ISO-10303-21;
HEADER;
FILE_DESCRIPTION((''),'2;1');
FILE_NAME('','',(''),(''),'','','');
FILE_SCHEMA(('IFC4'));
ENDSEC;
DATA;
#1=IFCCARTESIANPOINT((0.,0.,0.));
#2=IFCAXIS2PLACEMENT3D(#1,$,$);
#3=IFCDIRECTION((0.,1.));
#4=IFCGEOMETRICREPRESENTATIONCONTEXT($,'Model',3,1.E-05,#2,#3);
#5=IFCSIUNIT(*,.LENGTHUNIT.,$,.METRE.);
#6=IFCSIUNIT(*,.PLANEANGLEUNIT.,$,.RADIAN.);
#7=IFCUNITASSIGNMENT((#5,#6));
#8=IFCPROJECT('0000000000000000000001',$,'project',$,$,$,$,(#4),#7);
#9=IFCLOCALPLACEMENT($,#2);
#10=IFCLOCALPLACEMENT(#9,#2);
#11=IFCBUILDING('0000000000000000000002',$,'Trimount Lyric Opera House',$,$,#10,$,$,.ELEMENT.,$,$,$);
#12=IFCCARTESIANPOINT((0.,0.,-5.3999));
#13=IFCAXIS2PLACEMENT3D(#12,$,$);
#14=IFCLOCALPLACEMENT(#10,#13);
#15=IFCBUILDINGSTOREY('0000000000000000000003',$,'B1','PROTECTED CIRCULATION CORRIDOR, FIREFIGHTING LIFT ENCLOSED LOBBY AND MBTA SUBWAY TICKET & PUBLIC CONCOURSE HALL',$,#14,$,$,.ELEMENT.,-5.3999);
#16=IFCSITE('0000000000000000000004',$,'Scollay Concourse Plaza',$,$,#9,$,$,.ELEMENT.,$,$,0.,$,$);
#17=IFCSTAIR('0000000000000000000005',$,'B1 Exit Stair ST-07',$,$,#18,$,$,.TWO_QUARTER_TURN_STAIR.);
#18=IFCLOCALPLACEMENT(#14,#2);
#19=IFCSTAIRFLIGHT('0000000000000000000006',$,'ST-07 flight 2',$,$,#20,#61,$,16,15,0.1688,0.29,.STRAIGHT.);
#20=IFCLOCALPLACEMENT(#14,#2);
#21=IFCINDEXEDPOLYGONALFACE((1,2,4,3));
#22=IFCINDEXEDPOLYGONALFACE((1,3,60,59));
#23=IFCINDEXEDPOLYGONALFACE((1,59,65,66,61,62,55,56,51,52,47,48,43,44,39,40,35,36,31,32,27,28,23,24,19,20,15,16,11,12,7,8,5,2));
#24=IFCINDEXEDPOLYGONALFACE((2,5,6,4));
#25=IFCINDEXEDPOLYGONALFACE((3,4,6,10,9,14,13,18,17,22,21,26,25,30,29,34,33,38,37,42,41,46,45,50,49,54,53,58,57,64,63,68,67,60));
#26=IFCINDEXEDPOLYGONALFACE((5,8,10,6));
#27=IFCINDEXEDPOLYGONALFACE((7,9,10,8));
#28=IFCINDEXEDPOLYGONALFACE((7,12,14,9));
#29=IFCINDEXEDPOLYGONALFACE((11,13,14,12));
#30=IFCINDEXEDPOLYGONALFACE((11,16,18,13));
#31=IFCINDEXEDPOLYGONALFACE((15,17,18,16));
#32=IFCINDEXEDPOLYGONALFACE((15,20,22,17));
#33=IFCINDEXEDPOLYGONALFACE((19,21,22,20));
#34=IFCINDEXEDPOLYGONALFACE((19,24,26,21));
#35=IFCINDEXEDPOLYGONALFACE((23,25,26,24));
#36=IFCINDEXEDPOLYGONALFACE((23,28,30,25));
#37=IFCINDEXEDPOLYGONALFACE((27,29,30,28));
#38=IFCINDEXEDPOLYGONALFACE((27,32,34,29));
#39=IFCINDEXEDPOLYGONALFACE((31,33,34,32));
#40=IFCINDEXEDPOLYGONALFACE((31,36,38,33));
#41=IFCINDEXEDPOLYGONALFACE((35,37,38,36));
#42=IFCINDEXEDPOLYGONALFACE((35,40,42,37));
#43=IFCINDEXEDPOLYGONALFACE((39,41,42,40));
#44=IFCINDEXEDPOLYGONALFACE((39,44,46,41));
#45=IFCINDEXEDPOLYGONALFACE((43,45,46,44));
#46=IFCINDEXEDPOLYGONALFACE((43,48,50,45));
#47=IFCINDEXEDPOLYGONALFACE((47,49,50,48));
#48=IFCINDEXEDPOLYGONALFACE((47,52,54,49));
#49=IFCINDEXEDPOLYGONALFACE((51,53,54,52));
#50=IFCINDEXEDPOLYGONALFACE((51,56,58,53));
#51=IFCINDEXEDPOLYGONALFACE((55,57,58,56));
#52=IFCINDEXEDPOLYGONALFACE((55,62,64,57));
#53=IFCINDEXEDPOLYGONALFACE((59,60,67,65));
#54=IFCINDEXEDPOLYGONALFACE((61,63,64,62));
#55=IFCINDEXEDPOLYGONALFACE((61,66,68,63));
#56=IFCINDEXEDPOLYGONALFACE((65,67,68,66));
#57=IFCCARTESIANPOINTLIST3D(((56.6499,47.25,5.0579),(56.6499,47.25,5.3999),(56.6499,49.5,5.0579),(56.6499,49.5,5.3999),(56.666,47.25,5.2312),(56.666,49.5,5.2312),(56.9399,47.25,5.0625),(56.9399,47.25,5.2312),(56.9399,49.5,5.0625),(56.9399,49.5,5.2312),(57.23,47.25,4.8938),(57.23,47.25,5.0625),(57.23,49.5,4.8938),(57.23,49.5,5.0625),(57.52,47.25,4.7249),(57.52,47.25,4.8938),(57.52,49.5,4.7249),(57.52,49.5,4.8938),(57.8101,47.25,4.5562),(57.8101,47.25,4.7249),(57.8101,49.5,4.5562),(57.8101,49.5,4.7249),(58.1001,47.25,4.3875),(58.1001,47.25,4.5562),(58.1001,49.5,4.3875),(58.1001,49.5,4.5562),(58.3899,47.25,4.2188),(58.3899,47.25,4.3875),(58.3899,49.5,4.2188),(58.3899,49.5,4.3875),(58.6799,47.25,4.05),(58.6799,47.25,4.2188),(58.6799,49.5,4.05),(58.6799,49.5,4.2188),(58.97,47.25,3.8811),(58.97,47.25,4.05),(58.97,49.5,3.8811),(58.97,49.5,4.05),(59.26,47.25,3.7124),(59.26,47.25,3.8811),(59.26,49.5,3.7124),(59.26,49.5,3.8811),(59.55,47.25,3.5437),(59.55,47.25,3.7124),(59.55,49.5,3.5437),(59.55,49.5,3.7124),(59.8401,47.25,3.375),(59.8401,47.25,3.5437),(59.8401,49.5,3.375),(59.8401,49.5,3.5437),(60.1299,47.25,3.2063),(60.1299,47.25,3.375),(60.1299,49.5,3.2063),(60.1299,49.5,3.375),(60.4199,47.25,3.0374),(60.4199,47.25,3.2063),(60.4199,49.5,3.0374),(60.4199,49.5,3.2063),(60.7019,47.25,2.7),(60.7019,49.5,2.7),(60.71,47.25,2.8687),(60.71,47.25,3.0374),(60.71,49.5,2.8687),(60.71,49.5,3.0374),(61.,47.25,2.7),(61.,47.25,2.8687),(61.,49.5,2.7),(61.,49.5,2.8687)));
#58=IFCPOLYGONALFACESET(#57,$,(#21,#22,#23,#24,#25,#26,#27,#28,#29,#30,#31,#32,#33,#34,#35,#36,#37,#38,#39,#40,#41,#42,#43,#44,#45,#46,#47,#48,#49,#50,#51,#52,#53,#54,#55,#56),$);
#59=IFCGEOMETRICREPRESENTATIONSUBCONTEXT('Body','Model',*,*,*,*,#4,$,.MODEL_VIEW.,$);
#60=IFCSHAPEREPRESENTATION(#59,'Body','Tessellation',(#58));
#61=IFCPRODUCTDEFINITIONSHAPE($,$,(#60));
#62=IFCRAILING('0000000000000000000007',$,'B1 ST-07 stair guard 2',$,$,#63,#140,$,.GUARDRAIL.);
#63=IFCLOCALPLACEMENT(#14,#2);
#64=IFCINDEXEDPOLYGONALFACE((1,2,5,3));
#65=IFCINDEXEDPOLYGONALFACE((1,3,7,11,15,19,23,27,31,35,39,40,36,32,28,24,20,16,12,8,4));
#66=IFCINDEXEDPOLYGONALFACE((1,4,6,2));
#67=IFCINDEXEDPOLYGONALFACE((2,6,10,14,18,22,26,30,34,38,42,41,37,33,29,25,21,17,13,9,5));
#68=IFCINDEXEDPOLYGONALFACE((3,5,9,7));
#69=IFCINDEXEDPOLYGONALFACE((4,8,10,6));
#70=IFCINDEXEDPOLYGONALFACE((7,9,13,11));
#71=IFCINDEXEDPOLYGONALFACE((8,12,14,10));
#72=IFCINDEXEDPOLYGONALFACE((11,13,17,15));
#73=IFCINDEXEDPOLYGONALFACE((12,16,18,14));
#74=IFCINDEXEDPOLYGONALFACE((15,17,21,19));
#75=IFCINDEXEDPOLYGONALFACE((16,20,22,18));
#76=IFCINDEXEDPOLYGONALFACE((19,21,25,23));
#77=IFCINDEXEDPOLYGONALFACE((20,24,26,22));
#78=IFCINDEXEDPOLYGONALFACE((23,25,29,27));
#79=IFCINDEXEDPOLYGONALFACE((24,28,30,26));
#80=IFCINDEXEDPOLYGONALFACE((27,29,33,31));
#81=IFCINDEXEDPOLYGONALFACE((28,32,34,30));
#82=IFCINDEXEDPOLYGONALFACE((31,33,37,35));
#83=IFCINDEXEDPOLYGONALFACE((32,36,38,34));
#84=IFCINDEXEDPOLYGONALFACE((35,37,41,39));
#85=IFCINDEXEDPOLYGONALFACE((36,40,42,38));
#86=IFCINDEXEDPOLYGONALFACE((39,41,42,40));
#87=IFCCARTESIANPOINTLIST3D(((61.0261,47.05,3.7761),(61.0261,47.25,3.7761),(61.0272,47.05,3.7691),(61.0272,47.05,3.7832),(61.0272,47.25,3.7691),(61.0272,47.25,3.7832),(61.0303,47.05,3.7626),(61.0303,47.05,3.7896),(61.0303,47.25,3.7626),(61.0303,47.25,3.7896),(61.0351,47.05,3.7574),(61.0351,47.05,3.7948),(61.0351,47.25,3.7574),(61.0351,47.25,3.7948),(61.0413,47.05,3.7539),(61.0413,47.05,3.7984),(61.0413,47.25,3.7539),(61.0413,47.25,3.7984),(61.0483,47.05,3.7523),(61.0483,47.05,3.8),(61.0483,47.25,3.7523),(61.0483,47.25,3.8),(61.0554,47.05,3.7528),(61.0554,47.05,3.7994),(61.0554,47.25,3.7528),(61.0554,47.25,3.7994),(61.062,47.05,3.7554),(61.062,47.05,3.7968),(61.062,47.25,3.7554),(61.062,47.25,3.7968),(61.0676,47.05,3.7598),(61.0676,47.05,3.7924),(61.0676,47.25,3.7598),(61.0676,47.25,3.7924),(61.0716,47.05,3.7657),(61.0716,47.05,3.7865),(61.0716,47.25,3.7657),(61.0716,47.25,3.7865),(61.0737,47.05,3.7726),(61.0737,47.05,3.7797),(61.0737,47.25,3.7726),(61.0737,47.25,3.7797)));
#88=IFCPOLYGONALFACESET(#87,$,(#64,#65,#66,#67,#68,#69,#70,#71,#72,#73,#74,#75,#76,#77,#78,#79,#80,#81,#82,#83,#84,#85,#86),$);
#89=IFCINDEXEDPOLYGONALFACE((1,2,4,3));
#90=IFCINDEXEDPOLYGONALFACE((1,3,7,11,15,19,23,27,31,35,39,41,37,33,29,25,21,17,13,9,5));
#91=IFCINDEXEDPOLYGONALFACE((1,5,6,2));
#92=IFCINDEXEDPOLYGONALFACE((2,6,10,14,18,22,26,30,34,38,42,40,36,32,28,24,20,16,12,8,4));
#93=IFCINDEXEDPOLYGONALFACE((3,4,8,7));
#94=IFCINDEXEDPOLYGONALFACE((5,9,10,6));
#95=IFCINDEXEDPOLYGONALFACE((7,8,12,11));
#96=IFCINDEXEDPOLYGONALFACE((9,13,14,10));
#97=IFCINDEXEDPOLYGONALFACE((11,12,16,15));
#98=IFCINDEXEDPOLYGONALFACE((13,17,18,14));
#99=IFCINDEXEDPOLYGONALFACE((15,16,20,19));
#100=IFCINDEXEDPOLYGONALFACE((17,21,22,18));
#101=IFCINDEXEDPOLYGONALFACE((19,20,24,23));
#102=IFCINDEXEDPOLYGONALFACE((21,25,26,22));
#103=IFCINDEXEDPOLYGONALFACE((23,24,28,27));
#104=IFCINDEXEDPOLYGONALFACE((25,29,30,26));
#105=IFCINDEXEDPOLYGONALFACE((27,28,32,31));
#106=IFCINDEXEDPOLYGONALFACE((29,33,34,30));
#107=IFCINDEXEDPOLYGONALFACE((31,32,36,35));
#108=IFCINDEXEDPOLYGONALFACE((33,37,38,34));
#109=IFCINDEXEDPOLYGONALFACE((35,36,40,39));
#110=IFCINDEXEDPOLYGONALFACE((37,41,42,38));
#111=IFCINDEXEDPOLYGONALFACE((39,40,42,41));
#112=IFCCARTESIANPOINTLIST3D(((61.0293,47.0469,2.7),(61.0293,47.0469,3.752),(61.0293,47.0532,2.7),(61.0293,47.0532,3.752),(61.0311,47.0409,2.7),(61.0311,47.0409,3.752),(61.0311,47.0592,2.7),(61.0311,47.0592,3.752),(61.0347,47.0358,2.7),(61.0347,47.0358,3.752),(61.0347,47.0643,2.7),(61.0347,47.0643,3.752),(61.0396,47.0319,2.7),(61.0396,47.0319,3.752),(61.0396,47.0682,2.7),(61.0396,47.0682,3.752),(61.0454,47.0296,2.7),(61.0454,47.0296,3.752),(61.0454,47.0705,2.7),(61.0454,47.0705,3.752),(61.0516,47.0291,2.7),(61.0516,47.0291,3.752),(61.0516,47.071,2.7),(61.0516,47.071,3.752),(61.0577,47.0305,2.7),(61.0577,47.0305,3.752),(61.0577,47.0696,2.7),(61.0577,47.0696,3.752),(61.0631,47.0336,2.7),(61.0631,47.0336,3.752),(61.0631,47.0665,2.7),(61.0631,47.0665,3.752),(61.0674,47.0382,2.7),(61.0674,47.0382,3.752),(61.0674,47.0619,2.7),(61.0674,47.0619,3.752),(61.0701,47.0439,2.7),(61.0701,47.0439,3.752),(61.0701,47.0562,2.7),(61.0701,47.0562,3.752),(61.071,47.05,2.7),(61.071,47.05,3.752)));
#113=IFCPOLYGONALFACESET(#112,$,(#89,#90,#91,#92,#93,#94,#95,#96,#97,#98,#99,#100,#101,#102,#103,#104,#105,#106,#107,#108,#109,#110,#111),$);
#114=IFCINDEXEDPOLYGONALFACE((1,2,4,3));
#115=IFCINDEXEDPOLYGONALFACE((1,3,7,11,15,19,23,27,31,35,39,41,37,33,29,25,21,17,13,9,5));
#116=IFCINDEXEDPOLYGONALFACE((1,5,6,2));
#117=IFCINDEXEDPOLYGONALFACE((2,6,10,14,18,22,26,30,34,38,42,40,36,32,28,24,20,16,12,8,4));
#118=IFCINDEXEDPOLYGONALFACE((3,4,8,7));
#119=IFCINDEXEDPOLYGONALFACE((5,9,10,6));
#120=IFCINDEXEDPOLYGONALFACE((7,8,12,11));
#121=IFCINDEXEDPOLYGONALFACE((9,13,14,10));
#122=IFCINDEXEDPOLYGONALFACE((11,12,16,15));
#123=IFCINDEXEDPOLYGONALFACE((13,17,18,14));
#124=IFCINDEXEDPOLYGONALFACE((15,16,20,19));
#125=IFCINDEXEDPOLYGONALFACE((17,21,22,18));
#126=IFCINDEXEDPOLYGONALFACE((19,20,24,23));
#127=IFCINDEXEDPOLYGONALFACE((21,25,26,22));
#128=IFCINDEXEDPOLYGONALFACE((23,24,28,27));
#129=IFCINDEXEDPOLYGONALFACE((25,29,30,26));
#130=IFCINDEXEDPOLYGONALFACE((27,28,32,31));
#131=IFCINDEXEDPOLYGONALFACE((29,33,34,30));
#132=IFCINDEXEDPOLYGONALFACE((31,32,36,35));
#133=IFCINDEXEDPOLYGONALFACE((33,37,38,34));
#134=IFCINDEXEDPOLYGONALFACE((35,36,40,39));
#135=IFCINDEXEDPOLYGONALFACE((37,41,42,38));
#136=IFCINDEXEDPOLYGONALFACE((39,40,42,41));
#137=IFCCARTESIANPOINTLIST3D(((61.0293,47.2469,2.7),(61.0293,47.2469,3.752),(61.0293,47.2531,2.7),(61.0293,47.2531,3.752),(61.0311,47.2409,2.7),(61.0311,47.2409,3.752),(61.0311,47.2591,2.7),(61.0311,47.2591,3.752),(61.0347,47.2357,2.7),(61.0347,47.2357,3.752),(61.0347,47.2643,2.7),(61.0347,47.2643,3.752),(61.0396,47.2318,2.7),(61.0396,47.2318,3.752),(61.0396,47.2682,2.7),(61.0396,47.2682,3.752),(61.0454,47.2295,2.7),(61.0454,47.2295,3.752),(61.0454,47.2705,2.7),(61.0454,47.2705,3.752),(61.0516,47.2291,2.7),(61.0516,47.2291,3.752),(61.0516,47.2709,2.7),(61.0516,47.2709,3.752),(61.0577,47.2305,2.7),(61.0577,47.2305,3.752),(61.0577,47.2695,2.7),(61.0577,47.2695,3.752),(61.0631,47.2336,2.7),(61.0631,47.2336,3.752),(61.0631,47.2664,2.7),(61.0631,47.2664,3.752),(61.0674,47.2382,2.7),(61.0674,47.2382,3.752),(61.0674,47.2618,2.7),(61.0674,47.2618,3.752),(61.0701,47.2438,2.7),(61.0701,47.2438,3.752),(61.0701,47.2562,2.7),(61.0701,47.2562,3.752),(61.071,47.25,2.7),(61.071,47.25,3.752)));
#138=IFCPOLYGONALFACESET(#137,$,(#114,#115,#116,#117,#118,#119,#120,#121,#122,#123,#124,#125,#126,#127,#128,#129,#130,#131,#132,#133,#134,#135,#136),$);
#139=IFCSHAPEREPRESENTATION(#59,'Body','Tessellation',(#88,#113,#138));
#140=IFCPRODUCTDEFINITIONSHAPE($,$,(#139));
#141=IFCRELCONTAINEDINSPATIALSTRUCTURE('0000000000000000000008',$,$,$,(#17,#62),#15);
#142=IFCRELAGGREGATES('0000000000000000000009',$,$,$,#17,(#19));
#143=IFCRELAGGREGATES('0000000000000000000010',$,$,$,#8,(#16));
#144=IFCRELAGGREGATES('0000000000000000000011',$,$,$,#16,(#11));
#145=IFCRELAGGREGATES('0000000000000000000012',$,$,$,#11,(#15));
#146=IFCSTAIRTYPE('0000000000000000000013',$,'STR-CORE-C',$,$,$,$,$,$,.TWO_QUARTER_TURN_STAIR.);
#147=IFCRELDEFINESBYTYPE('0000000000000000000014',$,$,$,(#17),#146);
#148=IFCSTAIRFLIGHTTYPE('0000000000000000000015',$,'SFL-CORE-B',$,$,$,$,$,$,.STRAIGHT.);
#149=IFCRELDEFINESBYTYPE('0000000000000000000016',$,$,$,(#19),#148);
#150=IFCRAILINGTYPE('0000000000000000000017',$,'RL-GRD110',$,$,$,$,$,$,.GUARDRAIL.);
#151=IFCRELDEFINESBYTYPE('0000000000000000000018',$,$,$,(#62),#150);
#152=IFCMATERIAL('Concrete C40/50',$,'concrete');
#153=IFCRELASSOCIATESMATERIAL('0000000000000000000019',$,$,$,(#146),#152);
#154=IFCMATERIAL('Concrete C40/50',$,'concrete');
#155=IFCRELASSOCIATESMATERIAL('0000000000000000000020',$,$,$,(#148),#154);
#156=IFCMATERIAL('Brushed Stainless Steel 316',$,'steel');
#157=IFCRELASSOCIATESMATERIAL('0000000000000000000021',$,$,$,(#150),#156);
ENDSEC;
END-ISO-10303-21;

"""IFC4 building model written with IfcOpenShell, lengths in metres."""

from ifc_helpers import new_model, si_unit, direction, frame, origin, origin_2d, place, context, subcontext, project, spatial, polyline, circle, outline, extrude, material, type_object, element, aggregate, save


model = new_model("IFC4")

# Units and contexts
model_context = context("Model", 3, precision=1e-05, world=origin(), true_north=direction((0.0, 1.0)))
body_context = subcontext(model_context, "Body", "Model", "MODEL_VIEW")
ifc_project = project(units=[si_unit("LENGTHUNIT", "METRE"), si_unit("PLANEANGLEUNIT", "RADIAN")], contexts=[model_context])

# Site, building, storey
site_placement = place(None, origin())
site = spatial("IfcSite", under=ifc_project, at=site_placement, Name="Scollay Concourse Plaza", CompositionType="ELEMENT", RefElevation=0.0)
building_placement = place(site_placement, origin())
building = spatial("IfcBuilding", under=site, at=building_placement, Name="Trimount Lyric Opera House", CompositionType="ELEMENT")
storey_placement = place(building_placement, frame((0.0, 0.0, -5.3999)))
storey = spatial("IfcBuildingStorey", under=building, at=storey_placement, Name="B1", Description="PROTECTED CIRCULATION CORRIDOR, FIREFIGHTING LIFT ENCLOSED LOBBY AND MBTA SUBWAY TICKET & PUBLIC CONCOURSE HALL", CompositionType="ELEMENT", Elevation=-5.3999)

# Stair, stair flight
ifc_material_1 = material(Name="Concrete C40/50", Category="concrete")
stair_type = type_object("IfcStairType", Name="STR-CORE-C", PredefinedType="TWO_QUARTER_TURN_STAIR", material=ifc_material_1)
stair_placement = place(storey_placement, origin())
stair = element("IfcStair", 1, at=stair_placement, inside=storey, type_object=stair_type, Name="B1 Exit Stair ST-07", PredefinedType="TWO_QUARTER_TURN_STAIR")
ifc_material_2 = material(Name="Concrete C40/50", Category="concrete")
stair_flight_type = type_object("IfcStairFlightType", Name="SFL-CORE-B", PredefinedType="STRAIGHT", material=ifc_material_2)
stair_flight_placement = place(storey_placement, frame((61.0, 48.375, 2.7), z_axis=(0.0, 0.0, 1.0), x_axis=(-1.0, 0.0, 0.0)))
stair_flight = element("IfcStairFlight", 2, at=stair_flight_placement, type_object=stair_flight_type, Name="ST-07 flight 2", NumberOfRisers=16, NumberOfTreads=15, PredefinedType="STRAIGHT", RiserHeight=0.1688, TreadLength=0.29, context=body_context, shape_type="SweptSolid", body=[
    extrude(outline(polyline([(0.0, 0.0), (0.0, 0.1687), (0.29, 0.1687), (0.29, 0.3374), (0.5801, 0.3374), (0.5801, 0.5063), (0.8701, 0.5063), (0.8701, 0.675), (1.1599, 0.675), (1.1599, 0.8438), (1.45, 0.8438), (1.45, 1.0125), (1.74, 1.0125), (1.74, 1.1812), (2.03, 1.1812), (2.03, 1.3501), (2.3201, 1.3501), (2.3201, 1.5188), (2.6101, 1.5188), (2.6101, 1.6875), (2.8999, 1.6875), (2.8999, 1.8562), (3.1899, 1.8562), (3.1899, 2.0249), (3.48, 2.0249), (3.48, 2.1938), (3.77, 2.1938), (3.77, 2.3625), (4.0601, 2.3625), (4.0601, 2.5312), (4.334, 2.5312), (4.3501, 2.7), (4.3501, 2.3579), (0.2981, 0.0), (0.0, 0.0)])), frame((0.0, 1.125, 0.0), z_axis=(0.0, -1.0, 0.0), x_axis=(1.0, 0.0, 0.0)), (0.0, 0.0, 1.0), 2.25),
])
aggregate(stair, [stair_flight])

# Railing
ifc_material_3 = material(Name="Brushed Stainless Steel 316", Category="steel")
railing_type_1 = type_object("IfcRailingType", Name="RL-GRD110", PredefinedType="GUARDRAIL", material=ifc_material_3)
railing_1_placement = place(storey_placement, frame((61.05, 47.05, 2.7)))
element("IfcRailing", 3, at=railing_1_placement, inside=storey, type_object=railing_type_1, Name="B1 ST-07 stair guard 2", PredefinedType="GUARDRAIL", context=body_context, shape_type="SweptSolid", body=[
    extrude(circle(Radius=0.0239, at=origin_2d()), frame((0.0, 0.0, 1.0762), z_axis=(0.0, 1.0, 0.0), x_axis=(-1.0, 0.0, 0.0)), (0.0, 0.0, 1.0), 0.2),
    extrude(circle(Radius=0.021, at=origin_2d()), origin(), (0.0, 0.0, 1.0), 1.052),
    extrude(circle(Radius=0.021, at=origin_2d()), frame((0.0, 0.2, 0.0)), (0.0, 0.0, 1.0), 1.052),
])

save(model, "model.ifc")
